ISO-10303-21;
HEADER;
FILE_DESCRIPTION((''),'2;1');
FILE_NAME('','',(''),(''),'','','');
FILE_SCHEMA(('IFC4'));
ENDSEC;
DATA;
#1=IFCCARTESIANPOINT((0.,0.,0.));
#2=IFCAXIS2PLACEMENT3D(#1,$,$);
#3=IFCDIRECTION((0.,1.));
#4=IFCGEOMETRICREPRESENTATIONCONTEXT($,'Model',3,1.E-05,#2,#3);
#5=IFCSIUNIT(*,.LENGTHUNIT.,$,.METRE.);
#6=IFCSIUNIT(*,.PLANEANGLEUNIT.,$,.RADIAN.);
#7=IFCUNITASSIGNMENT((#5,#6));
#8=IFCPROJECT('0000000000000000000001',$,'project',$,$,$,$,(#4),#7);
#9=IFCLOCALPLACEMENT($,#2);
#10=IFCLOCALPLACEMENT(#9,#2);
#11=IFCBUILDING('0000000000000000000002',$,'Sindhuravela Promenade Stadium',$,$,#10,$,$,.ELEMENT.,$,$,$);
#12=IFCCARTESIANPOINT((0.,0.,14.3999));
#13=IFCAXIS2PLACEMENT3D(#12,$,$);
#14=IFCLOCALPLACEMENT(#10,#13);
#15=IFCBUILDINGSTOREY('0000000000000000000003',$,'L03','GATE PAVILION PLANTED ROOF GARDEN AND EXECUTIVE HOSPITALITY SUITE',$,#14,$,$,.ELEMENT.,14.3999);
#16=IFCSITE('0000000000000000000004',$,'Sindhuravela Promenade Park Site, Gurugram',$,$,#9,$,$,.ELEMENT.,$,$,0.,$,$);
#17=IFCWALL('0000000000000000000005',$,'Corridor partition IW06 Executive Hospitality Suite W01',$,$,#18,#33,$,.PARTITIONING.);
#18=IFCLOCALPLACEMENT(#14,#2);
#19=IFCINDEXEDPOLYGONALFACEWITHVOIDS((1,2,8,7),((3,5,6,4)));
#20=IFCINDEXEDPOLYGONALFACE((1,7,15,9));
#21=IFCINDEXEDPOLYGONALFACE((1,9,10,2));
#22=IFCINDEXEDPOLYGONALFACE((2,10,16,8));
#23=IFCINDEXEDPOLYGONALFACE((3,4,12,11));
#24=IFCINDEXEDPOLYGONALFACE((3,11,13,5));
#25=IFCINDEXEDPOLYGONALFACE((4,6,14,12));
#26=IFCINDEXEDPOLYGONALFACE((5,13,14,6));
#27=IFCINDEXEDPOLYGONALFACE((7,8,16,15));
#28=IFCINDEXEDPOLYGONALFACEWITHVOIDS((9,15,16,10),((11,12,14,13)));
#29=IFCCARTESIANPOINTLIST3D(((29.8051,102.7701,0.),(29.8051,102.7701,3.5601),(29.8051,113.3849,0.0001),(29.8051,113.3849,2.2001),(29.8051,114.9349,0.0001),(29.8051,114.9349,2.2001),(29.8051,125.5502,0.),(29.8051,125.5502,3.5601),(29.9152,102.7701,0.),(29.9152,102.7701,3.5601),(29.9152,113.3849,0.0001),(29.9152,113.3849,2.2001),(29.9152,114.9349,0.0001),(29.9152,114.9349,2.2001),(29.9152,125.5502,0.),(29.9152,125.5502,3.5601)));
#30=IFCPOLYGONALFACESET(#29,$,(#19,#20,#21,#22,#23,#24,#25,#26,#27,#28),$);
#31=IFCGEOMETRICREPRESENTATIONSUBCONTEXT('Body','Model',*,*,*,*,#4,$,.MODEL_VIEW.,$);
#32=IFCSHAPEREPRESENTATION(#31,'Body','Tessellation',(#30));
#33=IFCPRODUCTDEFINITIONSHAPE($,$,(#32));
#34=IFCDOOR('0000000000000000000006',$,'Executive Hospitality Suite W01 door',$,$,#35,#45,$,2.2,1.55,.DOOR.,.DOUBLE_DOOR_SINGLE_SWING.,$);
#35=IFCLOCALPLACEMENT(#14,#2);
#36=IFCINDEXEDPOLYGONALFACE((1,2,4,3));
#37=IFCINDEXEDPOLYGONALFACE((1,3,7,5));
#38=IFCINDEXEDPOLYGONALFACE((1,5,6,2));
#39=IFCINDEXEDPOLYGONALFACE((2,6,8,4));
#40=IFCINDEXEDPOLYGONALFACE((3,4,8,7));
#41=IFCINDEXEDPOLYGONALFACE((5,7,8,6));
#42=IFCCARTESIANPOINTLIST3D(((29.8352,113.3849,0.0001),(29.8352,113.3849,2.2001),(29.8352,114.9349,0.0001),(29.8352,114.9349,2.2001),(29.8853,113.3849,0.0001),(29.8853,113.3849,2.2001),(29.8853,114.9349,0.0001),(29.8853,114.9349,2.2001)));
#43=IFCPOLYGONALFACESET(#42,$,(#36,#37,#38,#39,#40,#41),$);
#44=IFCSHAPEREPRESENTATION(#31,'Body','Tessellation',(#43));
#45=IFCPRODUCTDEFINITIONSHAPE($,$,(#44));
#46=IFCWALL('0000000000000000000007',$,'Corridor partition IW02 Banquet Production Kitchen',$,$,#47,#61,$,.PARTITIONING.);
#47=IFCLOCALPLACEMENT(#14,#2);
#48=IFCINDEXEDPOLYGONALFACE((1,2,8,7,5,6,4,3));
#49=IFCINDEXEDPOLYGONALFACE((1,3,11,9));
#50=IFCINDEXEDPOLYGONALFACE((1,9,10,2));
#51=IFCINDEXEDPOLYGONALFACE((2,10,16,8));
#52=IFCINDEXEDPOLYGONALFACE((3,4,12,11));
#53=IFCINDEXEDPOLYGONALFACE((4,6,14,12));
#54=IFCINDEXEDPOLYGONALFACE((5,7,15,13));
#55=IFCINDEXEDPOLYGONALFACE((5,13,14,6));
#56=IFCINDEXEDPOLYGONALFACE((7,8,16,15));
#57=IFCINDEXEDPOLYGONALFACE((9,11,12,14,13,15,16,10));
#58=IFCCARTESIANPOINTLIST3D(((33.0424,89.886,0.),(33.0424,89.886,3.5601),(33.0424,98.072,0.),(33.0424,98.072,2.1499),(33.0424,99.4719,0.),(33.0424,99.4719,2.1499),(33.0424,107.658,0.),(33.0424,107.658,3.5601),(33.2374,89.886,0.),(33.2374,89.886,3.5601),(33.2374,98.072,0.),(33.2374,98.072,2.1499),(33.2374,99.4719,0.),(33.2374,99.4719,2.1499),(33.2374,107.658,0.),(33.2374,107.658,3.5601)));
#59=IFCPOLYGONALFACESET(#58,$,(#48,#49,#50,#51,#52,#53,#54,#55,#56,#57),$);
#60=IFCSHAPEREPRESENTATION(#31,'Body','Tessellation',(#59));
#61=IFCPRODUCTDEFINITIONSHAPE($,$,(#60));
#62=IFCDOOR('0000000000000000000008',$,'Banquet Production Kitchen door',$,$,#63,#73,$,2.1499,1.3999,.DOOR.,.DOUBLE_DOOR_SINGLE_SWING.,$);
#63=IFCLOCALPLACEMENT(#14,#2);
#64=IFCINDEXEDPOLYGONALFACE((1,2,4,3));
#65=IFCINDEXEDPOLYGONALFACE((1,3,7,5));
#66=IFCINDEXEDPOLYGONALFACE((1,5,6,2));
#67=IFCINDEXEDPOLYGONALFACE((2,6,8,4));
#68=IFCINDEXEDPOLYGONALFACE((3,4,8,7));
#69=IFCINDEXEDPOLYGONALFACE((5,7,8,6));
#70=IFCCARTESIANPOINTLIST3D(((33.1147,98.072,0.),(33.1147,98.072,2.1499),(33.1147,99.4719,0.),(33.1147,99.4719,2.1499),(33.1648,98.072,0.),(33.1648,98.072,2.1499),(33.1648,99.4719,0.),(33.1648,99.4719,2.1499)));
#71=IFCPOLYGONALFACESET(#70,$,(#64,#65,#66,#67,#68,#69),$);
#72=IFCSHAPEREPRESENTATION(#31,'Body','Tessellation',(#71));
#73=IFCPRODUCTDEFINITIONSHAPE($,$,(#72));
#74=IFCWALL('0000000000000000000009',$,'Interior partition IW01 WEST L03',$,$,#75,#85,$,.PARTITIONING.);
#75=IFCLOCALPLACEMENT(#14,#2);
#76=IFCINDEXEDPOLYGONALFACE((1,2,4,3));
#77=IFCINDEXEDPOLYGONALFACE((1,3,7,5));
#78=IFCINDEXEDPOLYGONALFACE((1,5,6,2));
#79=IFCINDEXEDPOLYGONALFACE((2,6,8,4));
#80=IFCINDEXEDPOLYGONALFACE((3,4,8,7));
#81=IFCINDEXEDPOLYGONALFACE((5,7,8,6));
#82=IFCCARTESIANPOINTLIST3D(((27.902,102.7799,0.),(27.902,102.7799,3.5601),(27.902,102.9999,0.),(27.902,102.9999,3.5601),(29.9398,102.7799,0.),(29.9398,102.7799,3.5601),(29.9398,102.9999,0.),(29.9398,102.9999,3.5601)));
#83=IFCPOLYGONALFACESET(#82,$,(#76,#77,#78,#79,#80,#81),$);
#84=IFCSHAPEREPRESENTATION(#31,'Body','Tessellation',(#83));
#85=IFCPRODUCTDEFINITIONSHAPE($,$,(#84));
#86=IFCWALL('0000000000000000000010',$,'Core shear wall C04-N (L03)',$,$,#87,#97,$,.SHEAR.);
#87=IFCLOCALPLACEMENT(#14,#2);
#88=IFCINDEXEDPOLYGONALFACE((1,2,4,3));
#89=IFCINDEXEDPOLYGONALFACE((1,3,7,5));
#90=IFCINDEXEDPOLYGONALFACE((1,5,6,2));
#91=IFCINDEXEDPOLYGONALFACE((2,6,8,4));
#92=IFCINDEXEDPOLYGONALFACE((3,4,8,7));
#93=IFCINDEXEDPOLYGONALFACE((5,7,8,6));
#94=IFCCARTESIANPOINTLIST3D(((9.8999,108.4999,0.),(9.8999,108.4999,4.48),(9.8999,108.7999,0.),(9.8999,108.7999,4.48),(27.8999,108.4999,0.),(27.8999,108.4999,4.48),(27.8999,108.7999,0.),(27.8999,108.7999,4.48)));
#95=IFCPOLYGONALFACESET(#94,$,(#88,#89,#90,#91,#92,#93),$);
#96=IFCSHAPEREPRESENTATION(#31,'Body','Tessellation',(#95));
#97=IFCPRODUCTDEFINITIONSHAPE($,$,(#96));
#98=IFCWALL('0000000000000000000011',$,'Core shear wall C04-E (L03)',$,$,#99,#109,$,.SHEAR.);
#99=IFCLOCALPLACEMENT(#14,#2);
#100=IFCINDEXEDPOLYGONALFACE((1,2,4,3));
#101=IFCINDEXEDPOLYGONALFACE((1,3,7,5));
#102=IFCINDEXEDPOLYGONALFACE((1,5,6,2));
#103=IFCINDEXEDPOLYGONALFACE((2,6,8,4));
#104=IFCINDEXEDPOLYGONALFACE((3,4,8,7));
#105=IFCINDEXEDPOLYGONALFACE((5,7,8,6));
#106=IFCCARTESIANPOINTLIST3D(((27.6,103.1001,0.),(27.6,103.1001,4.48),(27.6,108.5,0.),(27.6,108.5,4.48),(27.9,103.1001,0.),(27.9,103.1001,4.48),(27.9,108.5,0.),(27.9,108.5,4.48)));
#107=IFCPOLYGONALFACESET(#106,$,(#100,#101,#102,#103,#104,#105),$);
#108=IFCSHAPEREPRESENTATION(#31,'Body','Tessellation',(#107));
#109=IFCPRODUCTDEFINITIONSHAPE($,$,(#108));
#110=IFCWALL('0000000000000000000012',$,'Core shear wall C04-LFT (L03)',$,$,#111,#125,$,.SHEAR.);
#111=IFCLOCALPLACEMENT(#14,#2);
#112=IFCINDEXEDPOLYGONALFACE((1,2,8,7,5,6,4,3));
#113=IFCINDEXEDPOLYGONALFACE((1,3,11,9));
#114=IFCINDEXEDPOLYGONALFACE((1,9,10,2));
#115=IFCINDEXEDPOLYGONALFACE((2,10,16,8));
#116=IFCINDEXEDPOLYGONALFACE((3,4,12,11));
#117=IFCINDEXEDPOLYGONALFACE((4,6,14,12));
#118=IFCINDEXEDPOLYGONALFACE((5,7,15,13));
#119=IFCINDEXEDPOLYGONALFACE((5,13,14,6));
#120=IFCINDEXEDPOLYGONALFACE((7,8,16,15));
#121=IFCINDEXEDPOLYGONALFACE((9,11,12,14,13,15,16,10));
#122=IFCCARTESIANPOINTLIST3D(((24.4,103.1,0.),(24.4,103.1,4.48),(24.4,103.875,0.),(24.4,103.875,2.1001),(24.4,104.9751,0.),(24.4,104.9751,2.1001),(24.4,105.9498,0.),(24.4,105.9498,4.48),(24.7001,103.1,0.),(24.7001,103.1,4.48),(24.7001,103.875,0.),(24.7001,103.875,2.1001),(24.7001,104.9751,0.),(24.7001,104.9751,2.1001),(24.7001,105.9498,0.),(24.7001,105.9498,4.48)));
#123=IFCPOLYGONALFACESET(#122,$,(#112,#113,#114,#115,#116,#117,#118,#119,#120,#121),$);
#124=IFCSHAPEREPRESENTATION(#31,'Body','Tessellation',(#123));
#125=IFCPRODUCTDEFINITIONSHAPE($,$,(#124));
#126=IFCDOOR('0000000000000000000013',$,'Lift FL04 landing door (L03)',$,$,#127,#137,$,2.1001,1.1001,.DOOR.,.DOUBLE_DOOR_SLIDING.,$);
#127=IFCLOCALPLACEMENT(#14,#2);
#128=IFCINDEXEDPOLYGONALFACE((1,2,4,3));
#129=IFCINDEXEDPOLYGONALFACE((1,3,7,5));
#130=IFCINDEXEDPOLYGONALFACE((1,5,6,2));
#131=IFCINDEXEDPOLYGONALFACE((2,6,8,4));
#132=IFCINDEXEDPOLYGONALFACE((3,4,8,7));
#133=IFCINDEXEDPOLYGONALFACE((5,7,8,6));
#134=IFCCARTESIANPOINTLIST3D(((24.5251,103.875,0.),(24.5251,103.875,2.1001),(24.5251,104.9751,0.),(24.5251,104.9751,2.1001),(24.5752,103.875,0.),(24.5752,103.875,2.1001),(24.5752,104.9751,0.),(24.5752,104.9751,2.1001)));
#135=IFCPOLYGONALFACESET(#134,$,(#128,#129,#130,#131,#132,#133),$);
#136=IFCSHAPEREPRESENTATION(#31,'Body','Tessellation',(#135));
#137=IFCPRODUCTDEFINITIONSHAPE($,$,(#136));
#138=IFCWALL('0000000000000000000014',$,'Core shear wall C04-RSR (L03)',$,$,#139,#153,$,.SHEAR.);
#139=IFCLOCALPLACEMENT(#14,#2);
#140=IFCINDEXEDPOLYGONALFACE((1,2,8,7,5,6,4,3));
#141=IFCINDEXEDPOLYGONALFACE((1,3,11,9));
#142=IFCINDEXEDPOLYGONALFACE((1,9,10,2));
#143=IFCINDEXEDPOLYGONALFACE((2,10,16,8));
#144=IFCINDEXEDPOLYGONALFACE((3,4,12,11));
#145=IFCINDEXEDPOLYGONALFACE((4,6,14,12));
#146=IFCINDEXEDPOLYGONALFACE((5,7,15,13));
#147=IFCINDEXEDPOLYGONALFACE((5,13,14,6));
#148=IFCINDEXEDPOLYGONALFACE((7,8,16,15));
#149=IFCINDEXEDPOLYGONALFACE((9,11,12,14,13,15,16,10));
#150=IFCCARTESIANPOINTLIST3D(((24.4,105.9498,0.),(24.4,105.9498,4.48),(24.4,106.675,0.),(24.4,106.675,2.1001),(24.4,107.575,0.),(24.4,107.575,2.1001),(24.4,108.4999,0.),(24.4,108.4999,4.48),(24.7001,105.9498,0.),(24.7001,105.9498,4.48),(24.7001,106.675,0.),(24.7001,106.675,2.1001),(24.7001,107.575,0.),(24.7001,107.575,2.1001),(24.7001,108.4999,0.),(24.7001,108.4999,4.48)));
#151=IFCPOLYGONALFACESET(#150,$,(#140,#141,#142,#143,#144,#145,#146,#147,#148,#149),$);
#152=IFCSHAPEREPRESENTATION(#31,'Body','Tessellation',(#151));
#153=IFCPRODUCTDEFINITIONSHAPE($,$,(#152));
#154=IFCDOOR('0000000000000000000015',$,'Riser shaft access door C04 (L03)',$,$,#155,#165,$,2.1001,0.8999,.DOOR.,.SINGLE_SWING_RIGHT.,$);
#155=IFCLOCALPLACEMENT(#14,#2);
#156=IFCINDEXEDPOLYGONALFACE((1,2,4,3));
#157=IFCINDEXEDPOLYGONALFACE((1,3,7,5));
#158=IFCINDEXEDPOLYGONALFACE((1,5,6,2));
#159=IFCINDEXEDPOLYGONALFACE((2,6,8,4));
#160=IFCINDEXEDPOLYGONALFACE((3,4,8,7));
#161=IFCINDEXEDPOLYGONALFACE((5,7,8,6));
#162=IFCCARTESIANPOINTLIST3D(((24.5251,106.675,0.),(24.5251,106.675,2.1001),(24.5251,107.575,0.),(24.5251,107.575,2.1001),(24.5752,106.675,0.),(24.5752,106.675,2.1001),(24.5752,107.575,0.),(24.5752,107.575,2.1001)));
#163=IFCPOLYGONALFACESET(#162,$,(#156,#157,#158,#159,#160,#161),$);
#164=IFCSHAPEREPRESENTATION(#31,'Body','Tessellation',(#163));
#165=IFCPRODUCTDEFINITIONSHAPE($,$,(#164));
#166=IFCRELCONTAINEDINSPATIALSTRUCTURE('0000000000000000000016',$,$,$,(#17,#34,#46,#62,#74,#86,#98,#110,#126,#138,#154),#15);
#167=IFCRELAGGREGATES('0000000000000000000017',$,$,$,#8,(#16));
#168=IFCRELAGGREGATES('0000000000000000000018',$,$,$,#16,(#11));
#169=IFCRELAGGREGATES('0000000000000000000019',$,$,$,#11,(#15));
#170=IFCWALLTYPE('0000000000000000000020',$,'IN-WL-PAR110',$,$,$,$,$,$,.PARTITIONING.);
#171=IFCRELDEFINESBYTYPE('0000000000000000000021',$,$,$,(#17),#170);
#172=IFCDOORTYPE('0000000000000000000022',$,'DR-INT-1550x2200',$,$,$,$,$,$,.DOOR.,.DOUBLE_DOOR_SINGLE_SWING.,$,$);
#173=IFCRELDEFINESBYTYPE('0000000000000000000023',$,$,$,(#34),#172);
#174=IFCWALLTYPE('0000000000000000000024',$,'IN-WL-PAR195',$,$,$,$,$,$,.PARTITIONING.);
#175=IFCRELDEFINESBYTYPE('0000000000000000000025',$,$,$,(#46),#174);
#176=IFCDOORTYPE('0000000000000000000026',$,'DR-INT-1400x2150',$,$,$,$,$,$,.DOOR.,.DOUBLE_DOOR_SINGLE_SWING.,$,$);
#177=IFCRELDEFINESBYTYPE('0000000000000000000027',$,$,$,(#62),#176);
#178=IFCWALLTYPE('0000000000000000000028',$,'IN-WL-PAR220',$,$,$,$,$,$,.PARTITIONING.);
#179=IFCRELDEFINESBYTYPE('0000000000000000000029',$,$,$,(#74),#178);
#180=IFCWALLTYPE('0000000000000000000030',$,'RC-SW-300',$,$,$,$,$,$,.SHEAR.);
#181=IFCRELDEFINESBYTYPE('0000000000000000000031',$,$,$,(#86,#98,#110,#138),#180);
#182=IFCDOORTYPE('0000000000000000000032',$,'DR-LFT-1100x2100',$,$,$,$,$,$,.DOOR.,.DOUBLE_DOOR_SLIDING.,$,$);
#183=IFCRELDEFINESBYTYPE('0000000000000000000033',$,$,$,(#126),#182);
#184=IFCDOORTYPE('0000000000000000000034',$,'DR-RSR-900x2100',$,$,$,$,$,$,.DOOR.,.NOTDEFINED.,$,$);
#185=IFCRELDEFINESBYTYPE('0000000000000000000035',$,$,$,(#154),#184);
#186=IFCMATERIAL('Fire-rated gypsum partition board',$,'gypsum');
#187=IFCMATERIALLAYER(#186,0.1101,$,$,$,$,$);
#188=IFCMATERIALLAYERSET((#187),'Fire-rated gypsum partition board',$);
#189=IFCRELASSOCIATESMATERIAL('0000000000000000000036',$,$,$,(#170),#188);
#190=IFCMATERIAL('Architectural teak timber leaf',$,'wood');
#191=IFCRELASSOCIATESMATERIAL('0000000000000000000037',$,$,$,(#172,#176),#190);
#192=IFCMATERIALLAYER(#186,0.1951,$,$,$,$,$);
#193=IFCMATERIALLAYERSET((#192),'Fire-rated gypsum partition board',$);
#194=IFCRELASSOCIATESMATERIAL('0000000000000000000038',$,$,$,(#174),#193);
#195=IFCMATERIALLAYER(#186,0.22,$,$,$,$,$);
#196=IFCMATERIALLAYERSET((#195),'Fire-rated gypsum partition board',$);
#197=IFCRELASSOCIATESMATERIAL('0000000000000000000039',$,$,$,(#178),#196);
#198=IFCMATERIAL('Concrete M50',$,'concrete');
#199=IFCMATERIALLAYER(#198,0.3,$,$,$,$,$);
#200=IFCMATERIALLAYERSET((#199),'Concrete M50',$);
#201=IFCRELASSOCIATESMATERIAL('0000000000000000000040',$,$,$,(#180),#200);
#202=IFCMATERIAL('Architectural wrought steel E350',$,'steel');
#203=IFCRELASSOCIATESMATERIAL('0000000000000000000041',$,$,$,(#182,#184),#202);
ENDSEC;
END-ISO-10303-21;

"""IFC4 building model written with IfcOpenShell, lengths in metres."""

from ifc_helpers import new_model, si_unit, direction, frame, frame_2d, origin, place, context, subcontext, project, spatial, rectangle, extrude, material, layer, layer_set, type_object, element, fill, save


model = new_model("IFC4")

# Units and contexts
model_context = context("Model", 3, precision=1e-05, world=origin(), true_north=direction((0.0, 1.0)))
body_context = subcontext(model_context, "Body", "Model", "MODEL_VIEW")
ifc_project = project(units=[si_unit("LENGTHUNIT", "METRE"), si_unit("PLANEANGLEUNIT", "RADIAN")], contexts=[model_context])

# Site, building, storey
site_placement = place(None, origin())
site = spatial("IfcSite", under=ifc_project, at=site_placement, Name="Sindhuravela Promenade Park Site, Gurugram", CompositionType="ELEMENT", RefElevation=0.0)
building_placement = place(site_placement, origin())
building = spatial("IfcBuilding", under=site, at=building_placement, Name="Sindhuravela Promenade Stadium", CompositionType="ELEMENT")
storey_placement = place(building_placement, frame((0.0, 0.0, 14.3999)))
storey = spatial("IfcBuildingStorey", under=building, at=storey_placement, Name="L03", Description="GATE PAVILION PLANTED ROOF GARDEN AND EXECUTIVE HOSPITALITY SUITE", CompositionType="ELEMENT", Elevation=14.3999)

# Shared definitions
ifc_material_1 = material(Name="Concrete M50", Category="concrete")

# Walls, openings, doors
ifc_material_2 = material(Name="Fire-rated gypsum partition board", Category="gypsum")
ifc_layer_1 = layer(ifc_material_2, 0.1101)
ifc_layer_set_1 = layer_set([ifc_layer_1], Name="Fire-rated gypsum partition board")
wall_type_1 = type_object("IfcWallType", Name="IN-WL-PAR110", PredefinedType="PARTITIONING", material=ifc_layer_set_1)
wall_1_placement = place(storey_placement, frame((29.8601, 102.77, 0.0), z_axis=(0.0, 0.0, 1.0), x_axis=(0.0, 1.0, 0.0)))
wall_1 = element("IfcWall", 1, at=wall_1_placement, inside=storey, type_object=wall_type_1, Name="Corridor partition IW06 Executive Hospitality Suite W01", PredefinedType="PARTITIONING", context=body_context, shape_type="SweptSolid", body=[
    extrude(rectangle(XDim=22.78, YDim=0.1101, at=frame_2d((11.3901, 0.0))), origin(), (0.0, 0.0, 1.0), 3.5601),
])
opening_1_placement = place(wall_1_placement, frame((10.615, 0.0, 0.0)))
opening_1 = element("IfcOpeningElement", 2, at=opening_1_placement, cuts=wall_1, PredefinedType="OPENING", context=body_context, shape_type="SweptSolid", body=[
    extrude(rectangle(XDim=1.55, YDim=2.2, at=frame_2d((0.7749, 1.1001))), frame((0.0, 0.0649, 0.0), z_axis=(0.0, -1.0, 0.0), x_axis=(1.0, 0.0, 0.0)), (0.0, 0.0, 1.0), 0.1301),
])
ifc_material_3 = material(Name="Architectural teak timber leaf", Category="wood")
door_type_1 = type_object("IfcDoorType", Name="DR-INT-1550x2200", OperationType="DOUBLE_DOOR_SINGLE_SWING", PredefinedType="DOOR", material=ifc_material_3)
door_1_placement = place(opening_1_placement, origin())
door_1 = element("IfcDoor", 3, at=door_1_placement, inside=storey, type_object=door_type_1, Name="Executive Hospitality Suite W01 door", OperationType="DOUBLE_DOOR_SINGLE_SWING", OverallHeight=2.2, OverallWidth=1.55, PredefinedType="DOOR", context=body_context, shape_type="SweptSolid", body=[
    extrude(rectangle(XDim=1.55, YDim=2.2, at=frame_2d((0.7749, 1.1001))), frame((0.0, 0.0249, 0.0), z_axis=(0.0, -1.0, 0.0), x_axis=(1.0, 0.0, 0.0)), (0.0, 0.0, 1.0), 0.05),
])
fill(opening_1, door_1)
ifc_layer_2 = layer(ifc_material_2, 0.1951)
ifc_layer_set_2 = layer_set([ifc_layer_2], Name="Fire-rated gypsum partition board")
wall_type_2 = type_object("IfcWallType", Name="IN-WL-PAR195", PredefinedType="PARTITIONING", material=ifc_layer_set_2)
wall_2_placement = place(storey_placement, frame((33.1399, 107.658, 0.0), z_axis=(0.0, 0.0, 1.0), x_axis=(0.0, -1.0, 0.0)))
wall_2 = element("IfcWall", 4, at=wall_2_placement, inside=storey, type_object=wall_type_2, Name="Corridor partition IW02 Banquet Production Kitchen", PredefinedType="PARTITIONING", context=body_context, shape_type="SweptSolid", body=[
    extrude(rectangle(XDim=17.772, YDim=0.1951, at=frame_2d((8.886, 0.0))), origin(), (0.0, 0.0, 1.0), 3.5601),
])
opening_2_placement = place(wall_2_placement, frame((8.186, 0.0, 0.0)))
opening_2 = element("IfcOpeningElement", 5, at=opening_2_placement, cuts=wall_2, PredefinedType="OPENING", context=body_context, shape_type="SweptSolid", body=[
    extrude(rectangle(XDim=1.3999, YDim=2.1499, at=frame_2d((0.7, 1.075))), frame((0.0, 0.1074, 0.0), z_axis=(0.0, -1.0, 0.0), x_axis=(1.0, 0.0, 0.0)), (0.0, 0.0, 1.0), 0.2151),
])
door_type_2 = type_object("IfcDoorType", Name="DR-INT-1400x2150", OperationType="DOUBLE_DOOR_SINGLE_SWING", PredefinedType="DOOR", material=ifc_material_3)
door_2_placement = place(opening_2_placement, origin())
door_2 = element("IfcDoor", 6, at=door_2_placement, inside=storey, type_object=door_type_2, Name="Banquet Production Kitchen door", OperationType="DOUBLE_DOOR_SINGLE_SWING", OverallHeight=2.1499, OverallWidth=1.3999, PredefinedType="DOOR", context=body_context, shape_type="SweptSolid", body=[
    extrude(rectangle(XDim=1.3999, YDim=2.1499, at=frame_2d((0.7, 1.075))), frame((0.0, 0.0249, 0.0), z_axis=(0.0, -1.0, 0.0), x_axis=(1.0, 0.0, 0.0)), (0.0, 0.0, 1.0), 0.05),
])
fill(opening_2, door_2)

# Walls
ifc_layer_3 = layer(ifc_material_2, 0.22)
ifc_layer_set_3 = layer_set([ifc_layer_3], Name="Fire-rated gypsum partition board")
wall_type_3 = type_object("IfcWallType", Name="IN-WL-PAR220", PredefinedType="PARTITIONING", material=ifc_layer_set_3)
wall_3_placement = place(storey_placement, frame((29.9399, 102.8899, 0.0), z_axis=(0.0, 0.0, 1.0), x_axis=(-1.0, 0.0, 0.0)))
element("IfcWall", 7, at=wall_3_placement, inside=storey, type_object=wall_type_3, Name="Interior partition IW01 WEST L03", PredefinedType="PARTITIONING", context=body_context, shape_type="SweptSolid", body=[
    extrude(rectangle(XDim=2.0378, YDim=0.22, at=frame_2d((1.019, 0.0))), origin(), (0.0, 0.0, 1.0), 3.5601),
])
ifc_layer_4 = layer(ifc_material_1, 0.3)
ifc_layer_set_4 = layer_set([ifc_layer_4], Name="Concrete M50")
wall_type_4 = type_object("IfcWallType", Name="RC-SW-300", PredefinedType="SHEAR", material=ifc_layer_set_4)
wall_4_placement = place(storey_placement, frame((27.8999, 108.6499, 0.0), z_axis=(0.0, 0.0, 1.0), x_axis=(-1.0, 0.0, 0.0)))
element("IfcWall", 8, at=wall_4_placement, inside=storey, type_object=wall_type_4, Name="Core shear wall C04-N (L03)", PredefinedType="SHEAR", context=body_context, shape_type="SweptSolid", body=[
    extrude(rectangle(XDim=18.0, YDim=0.3, at=frame_2d((9.0, 0.0))), origin(), (0.0, 0.0, 1.0), 4.48),
])
wall_5_placement = place(storey_placement, frame((27.75, 103.1001, 0.0), z_axis=(0.0, 0.0, 1.0), x_axis=(0.0, 1.0, 0.0)))
element("IfcWall", 9, at=wall_5_placement, inside=storey, type_object=wall_type_4, Name="Core shear wall C04-E (L03)", PredefinedType="SHEAR", context=body_context, shape_type="SweptSolid", body=[
    extrude(rectangle(XDim=5.3999, YDim=0.3, at=frame_2d((2.7, 0.0))), origin(), (0.0, 0.0, 1.0), 4.48),
])

# Walls, openings, doors
wall_6_placement = place(storey_placement, frame((24.55, 103.1001, 0.0), z_axis=(0.0, 0.0, 1.0), x_axis=(0.0, 1.0, 0.0)))
wall_6 = element("IfcWall", 10, at=wall_6_placement, inside=storey, type_object=wall_type_4, Name="Core shear wall C04-LFT (L03)", PredefinedType="SHEAR", context=body_context, shape_type="SweptSolid", body=[
    extrude(rectangle(XDim=2.8499, YDim=0.3, at=frame_2d((1.4248, 0.0))), origin(), (0.0, 0.0, 1.0), 4.48),
])
opening_3_placement = place(wall_6_placement, frame((0.7749, 0.0, 0.0)))
opening_3 = element("IfcOpeningElement", 11, at=opening_3_placement, cuts=wall_6, PredefinedType="OPENING", context=body_context, shape_type="SweptSolid", body=[
    extrude(rectangle(XDim=1.1001, YDim=2.1001, at=frame_2d((0.55, 1.05))), frame((0.0, 0.1599, 0.0), z_axis=(0.0, -1.0, 0.0), x_axis=(1.0, 0.0, 0.0)), (0.0, 0.0, 1.0), 0.3201),
])
ifc_material_4 = material(Name="Architectural wrought steel E350", Category="steel")
door_type_3 = type_object("IfcDoorType", Name="DR-LFT-1100x2100", OperationType="DOUBLE_DOOR_SLIDING", PredefinedType="DOOR", material=ifc_material_4)
door_3_placement = place(opening_3_placement, origin())
door_3 = element("IfcDoor", 12, at=door_3_placement, inside=storey, type_object=door_type_3, Name="Lift FL04 landing door (L03)", OperationType="DOUBLE_DOOR_SLIDING", OverallHeight=2.1001, OverallWidth=1.1001, PredefinedType="DOOR", context=body_context, shape_type="SweptSolid", body=[
    extrude(rectangle(XDim=1.1001, YDim=2.1001, at=frame_2d((0.55, 1.05))), frame((0.0, 0.0249, 0.0), z_axis=(0.0, -1.0, 0.0), x_axis=(1.0, 0.0, 0.0)), (0.0, 0.0, 1.0), 0.05),
])
fill(opening_3, door_3)
wall_7_placement = place(storey_placement, frame((24.55, 105.95, 0.0), z_axis=(0.0, 0.0, 1.0), x_axis=(0.0, 1.0, 0.0)))
wall_7 = element("IfcWall", 13, at=wall_7_placement, inside=storey, type_object=wall_type_4, Name="Core shear wall C04-RSR (L03)", PredefinedType="SHEAR", context=body_context, shape_type="SweptSolid", body=[
    extrude(rectangle(XDim=2.55, YDim=0.3, at=frame_2d((1.2749, 0.0))), origin(), (0.0, 0.0, 1.0), 4.48),
])
opening_4_placement = place(wall_7_placement, frame((0.7251, 0.0, 0.0)))
opening_4 = element("IfcOpeningElement", 14, at=opening_4_placement, cuts=wall_7, PredefinedType="OPENING", context=body_context, shape_type="SweptSolid", body=[
    extrude(rectangle(XDim=0.8999, YDim=2.1001, at=frame_2d((0.45, 1.05))), frame((0.0, 0.1599, 0.0), z_axis=(0.0, -1.0, 0.0), x_axis=(1.0, 0.0, 0.0)), (0.0, 0.0, 1.0), 0.3201),
])
door_type_4 = type_object("IfcDoorType", Name="DR-RSR-900x2100", OperationType="NOTDEFINED", PredefinedType="DOOR", material=ifc_material_4)
door_4_placement = place(opening_4_placement, origin())
door_4 = element("IfcDoor", 15, at=door_4_placement, inside=storey, type_object=door_type_4, Name="Riser shaft access door C04 (L03)", OperationType="SINGLE_SWING_RIGHT", OverallHeight=2.1001, OverallWidth=0.8999, PredefinedType="DOOR", context=body_context, shape_type="SweptSolid", body=[
    extrude(rectangle(XDim=0.8999, YDim=2.1001, at=frame_2d((0.45, 1.05))), frame((0.0, 0.0249, 0.0), z_axis=(0.0, -1.0, 0.0), x_axis=(1.0, 0.0, 0.0)), (0.0, 0.0, 1.0), 0.05),
])
fill(opening_4, door_4)

save(model, "model.ifc")
